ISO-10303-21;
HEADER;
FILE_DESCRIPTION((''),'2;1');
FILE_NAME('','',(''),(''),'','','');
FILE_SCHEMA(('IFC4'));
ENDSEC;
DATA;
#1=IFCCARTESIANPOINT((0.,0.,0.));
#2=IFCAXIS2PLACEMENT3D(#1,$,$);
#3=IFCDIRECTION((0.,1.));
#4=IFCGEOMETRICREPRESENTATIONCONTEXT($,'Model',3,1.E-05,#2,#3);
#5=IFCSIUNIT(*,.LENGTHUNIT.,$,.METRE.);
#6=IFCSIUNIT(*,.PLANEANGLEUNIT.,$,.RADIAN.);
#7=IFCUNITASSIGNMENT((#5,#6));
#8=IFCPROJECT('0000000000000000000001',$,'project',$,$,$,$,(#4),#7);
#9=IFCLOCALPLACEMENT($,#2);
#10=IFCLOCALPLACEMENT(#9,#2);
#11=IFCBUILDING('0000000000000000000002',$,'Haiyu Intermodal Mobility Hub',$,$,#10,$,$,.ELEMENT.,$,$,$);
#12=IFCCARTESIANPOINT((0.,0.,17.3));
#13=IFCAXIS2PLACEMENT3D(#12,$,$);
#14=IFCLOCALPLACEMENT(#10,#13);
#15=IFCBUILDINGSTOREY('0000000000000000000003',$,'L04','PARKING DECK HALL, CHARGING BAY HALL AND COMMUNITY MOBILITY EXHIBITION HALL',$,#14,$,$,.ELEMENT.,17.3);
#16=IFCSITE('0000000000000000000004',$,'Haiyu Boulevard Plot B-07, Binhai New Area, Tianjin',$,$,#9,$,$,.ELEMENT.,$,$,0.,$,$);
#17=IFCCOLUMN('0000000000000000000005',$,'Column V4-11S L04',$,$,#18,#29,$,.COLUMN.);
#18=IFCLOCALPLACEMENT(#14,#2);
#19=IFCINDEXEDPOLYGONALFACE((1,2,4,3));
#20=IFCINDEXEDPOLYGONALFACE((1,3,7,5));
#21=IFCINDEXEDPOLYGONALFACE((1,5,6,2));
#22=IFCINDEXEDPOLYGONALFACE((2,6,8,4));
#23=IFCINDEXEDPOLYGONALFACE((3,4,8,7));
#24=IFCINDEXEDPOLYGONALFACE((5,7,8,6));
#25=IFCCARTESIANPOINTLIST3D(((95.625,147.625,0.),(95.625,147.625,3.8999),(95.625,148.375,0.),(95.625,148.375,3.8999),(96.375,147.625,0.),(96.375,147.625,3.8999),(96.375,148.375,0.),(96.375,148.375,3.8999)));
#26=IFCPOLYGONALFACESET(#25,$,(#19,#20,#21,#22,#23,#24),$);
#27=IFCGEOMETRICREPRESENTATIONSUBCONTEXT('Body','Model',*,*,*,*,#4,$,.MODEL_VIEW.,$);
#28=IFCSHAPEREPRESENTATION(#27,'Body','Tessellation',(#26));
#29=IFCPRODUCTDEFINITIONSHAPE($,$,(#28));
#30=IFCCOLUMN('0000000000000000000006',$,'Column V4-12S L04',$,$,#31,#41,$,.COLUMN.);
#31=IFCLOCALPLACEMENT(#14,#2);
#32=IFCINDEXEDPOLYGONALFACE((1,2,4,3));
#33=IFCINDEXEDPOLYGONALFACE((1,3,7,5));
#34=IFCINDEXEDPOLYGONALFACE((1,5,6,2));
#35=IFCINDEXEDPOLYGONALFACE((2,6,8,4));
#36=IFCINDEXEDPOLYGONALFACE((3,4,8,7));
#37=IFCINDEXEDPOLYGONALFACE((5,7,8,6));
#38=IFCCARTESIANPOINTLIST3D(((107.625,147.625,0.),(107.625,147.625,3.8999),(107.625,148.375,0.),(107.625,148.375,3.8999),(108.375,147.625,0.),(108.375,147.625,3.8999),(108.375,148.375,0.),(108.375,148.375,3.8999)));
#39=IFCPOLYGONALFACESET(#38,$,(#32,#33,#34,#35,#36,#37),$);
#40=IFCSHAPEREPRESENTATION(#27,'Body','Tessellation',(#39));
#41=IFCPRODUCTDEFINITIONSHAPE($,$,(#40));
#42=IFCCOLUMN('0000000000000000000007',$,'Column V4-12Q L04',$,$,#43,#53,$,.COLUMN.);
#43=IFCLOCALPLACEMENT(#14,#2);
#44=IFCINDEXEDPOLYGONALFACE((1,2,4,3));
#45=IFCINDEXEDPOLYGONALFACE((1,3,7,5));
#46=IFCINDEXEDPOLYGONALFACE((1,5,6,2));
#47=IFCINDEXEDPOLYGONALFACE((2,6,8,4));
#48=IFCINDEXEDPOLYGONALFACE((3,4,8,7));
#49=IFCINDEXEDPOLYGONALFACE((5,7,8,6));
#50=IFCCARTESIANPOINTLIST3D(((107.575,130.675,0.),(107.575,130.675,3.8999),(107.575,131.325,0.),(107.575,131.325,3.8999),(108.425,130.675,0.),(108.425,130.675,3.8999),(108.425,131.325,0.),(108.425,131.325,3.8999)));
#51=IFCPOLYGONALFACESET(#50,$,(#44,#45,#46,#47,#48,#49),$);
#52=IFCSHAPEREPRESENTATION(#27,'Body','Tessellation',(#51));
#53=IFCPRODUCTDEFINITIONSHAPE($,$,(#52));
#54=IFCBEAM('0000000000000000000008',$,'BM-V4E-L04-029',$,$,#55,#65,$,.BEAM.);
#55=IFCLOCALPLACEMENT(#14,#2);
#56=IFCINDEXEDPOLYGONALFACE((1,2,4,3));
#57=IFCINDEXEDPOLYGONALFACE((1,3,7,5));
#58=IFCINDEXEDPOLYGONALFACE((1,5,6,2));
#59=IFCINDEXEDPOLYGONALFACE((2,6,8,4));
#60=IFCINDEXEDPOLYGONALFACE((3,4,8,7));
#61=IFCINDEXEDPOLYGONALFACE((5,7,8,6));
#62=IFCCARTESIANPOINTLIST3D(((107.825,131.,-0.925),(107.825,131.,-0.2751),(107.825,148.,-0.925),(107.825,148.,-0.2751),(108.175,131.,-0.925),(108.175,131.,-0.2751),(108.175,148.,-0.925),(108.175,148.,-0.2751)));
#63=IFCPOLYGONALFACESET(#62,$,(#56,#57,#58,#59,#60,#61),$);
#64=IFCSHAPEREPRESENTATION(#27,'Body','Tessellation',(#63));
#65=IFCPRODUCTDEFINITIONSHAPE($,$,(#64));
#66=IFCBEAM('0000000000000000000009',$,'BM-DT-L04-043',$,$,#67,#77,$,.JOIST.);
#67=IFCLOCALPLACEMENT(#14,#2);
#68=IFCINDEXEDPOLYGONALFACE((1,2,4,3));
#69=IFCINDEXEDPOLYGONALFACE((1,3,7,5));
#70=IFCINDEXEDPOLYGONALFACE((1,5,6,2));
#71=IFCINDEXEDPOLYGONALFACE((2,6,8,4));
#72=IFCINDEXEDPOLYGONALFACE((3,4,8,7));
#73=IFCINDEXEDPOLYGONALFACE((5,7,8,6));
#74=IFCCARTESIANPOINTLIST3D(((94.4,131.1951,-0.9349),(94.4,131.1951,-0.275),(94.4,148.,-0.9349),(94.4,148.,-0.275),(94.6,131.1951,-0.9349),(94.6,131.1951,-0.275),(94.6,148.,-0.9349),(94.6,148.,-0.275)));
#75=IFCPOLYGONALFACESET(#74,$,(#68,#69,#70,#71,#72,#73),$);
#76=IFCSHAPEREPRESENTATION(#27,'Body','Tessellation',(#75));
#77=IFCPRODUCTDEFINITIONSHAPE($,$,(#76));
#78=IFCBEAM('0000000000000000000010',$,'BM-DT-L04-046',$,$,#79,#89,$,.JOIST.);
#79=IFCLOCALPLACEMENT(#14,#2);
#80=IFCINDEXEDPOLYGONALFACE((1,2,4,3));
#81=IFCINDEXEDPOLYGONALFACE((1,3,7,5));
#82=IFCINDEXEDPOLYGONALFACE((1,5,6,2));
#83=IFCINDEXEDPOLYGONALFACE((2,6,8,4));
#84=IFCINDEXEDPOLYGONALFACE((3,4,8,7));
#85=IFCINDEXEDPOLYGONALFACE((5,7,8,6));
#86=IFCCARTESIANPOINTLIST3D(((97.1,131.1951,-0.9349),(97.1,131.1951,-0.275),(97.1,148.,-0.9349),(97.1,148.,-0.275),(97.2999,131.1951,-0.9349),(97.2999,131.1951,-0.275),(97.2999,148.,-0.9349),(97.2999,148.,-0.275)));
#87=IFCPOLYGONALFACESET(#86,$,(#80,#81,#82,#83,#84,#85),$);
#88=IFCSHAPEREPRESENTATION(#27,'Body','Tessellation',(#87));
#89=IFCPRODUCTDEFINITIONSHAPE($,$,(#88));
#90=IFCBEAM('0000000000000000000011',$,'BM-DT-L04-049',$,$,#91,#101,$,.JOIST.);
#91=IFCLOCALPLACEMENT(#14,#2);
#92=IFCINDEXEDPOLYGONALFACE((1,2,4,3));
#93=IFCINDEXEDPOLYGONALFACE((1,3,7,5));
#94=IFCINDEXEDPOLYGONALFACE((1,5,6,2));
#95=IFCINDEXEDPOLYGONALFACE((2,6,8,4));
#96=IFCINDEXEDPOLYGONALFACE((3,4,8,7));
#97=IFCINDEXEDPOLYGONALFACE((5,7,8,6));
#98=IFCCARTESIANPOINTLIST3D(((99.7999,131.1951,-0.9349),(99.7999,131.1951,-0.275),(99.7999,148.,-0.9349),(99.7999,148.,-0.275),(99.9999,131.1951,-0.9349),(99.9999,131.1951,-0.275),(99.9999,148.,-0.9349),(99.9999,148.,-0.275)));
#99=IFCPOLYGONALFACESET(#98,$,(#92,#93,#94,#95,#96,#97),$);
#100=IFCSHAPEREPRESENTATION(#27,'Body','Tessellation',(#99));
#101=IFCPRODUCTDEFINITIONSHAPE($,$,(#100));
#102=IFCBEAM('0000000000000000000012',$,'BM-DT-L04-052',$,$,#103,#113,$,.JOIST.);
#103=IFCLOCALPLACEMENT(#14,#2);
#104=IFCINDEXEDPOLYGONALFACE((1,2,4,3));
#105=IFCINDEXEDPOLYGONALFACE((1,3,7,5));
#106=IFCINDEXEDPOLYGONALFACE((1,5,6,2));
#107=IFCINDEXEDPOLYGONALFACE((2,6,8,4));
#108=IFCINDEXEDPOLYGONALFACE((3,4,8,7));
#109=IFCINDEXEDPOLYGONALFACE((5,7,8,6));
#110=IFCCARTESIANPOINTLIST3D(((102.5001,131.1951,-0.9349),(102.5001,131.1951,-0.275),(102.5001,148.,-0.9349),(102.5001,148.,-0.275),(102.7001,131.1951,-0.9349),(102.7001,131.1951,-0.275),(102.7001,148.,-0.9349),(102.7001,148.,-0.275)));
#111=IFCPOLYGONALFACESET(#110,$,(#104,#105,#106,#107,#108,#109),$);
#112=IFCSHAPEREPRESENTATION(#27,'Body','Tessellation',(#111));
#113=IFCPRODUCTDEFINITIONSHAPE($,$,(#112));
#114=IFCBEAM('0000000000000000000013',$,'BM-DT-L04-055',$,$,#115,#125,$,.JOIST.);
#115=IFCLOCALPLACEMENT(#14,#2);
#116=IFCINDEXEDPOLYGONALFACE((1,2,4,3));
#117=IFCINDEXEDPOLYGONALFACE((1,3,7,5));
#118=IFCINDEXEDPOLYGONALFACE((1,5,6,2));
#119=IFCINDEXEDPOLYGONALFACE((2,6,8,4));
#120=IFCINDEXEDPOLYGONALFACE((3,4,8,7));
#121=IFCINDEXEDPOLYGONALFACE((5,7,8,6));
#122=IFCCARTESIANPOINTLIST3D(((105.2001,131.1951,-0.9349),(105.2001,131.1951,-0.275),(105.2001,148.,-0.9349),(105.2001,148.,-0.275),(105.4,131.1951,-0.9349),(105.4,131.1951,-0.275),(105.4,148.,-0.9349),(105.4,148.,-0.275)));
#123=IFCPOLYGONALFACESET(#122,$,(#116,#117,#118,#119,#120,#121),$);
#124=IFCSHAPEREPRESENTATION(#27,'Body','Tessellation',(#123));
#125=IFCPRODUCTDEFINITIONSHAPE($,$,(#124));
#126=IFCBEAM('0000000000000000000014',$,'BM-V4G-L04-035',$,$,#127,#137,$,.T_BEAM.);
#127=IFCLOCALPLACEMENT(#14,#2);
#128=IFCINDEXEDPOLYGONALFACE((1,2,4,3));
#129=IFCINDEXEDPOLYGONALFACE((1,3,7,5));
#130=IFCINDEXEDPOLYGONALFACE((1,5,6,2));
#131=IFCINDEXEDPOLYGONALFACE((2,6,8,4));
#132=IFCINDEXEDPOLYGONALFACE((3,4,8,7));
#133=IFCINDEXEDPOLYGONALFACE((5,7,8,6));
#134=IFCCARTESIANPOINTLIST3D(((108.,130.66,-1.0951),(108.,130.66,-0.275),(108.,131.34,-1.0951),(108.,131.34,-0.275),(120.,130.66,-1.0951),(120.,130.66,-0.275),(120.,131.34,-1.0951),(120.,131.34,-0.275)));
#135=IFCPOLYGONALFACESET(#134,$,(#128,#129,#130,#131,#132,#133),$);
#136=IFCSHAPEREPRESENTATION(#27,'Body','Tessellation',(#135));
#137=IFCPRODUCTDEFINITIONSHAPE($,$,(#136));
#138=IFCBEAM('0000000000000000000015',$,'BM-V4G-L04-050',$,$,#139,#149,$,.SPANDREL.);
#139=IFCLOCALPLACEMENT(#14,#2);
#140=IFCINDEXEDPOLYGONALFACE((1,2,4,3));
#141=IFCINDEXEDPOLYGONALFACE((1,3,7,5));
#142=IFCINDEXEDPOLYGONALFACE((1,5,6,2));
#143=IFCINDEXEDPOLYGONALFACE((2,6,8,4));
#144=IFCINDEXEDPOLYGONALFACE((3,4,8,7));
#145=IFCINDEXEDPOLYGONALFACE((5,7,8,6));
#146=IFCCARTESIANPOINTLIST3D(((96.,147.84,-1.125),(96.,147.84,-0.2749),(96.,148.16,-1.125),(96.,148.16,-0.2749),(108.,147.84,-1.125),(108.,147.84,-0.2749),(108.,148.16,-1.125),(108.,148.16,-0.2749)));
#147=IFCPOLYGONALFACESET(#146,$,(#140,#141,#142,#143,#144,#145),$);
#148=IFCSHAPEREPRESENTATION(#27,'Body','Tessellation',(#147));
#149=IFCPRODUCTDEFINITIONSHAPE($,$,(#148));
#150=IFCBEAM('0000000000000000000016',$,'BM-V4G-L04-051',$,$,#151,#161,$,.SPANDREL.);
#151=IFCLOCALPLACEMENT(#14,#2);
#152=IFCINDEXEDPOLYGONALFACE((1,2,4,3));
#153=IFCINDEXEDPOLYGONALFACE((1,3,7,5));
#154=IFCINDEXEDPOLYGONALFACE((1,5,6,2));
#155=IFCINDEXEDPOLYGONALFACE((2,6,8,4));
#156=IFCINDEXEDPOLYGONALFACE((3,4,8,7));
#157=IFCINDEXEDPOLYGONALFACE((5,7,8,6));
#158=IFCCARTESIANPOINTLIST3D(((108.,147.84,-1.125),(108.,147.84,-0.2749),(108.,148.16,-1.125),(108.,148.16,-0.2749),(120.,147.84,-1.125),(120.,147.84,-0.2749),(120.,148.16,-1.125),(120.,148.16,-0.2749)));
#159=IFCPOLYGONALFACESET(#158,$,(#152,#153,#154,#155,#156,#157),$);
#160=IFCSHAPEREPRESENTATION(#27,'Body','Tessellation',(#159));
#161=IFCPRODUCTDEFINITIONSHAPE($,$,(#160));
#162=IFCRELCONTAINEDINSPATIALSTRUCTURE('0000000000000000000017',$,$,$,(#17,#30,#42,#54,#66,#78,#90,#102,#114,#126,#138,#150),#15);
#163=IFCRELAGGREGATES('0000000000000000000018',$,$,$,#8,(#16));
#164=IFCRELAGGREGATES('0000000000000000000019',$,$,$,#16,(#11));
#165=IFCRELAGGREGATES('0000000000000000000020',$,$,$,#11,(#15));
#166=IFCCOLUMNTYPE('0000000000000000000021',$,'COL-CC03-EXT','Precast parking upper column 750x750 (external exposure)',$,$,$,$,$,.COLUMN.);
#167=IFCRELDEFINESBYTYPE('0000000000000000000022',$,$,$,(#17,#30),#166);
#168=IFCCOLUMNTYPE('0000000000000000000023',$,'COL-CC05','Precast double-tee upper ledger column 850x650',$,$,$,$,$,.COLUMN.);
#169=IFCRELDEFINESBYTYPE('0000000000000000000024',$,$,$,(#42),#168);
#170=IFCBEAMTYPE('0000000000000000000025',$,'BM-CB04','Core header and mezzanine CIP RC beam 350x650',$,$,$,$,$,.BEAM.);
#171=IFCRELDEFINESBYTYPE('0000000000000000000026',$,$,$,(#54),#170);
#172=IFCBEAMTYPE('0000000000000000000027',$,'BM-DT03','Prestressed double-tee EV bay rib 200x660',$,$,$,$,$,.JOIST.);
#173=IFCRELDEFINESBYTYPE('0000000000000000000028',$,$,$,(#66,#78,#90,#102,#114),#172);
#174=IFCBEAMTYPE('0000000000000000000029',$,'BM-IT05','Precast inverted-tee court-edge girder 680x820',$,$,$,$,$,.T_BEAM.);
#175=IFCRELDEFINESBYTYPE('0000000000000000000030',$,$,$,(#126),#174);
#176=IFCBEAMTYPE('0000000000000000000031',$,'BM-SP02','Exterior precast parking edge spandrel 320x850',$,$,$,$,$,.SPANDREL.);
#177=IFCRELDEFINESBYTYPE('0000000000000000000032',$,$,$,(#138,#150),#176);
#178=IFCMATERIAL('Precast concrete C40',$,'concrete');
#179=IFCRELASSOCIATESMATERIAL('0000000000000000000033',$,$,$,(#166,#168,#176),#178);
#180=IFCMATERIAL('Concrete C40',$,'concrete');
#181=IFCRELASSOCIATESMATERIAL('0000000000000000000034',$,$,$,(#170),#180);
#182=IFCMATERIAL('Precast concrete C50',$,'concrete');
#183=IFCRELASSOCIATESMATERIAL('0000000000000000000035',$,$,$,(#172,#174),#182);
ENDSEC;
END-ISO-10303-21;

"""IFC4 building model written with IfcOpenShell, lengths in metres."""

from ifc_helpers import new_model, si_unit, direction, frame, origin, origin_2d, place, context, subcontext, project, spatial, rectangle, extrude, material, material_profile, profile_set, type_object, element, save


model = new_model("IFC4")

# Units and contexts
model_context = context("Model", 3, precision=1e-05, world=origin(), true_north=direction((0.0, 1.0)))
body_context = subcontext(model_context, "Body", "Model", "MODEL_VIEW")
ifc_project = project(units=[si_unit("LENGTHUNIT", "METRE"), si_unit("PLANEANGLEUNIT", "RADIAN")], contexts=[model_context])

# Site, building, storey
site_placement = place(None, origin())
site = spatial("IfcSite", under=ifc_project, at=site_placement, Name="Haiyu Boulevard Plot B-07, Binhai New Area, Tianjin", CompositionType="ELEMENT", RefElevation=0.0)
building_placement = place(site_placement, origin())
building = spatial("IfcBuilding", under=site, at=building_placement, Name="Haiyu Intermodal Mobility Hub", CompositionType="ELEMENT")
storey_placement = place(building_placement, frame((0.0, 0.0, 17.3)))
storey = spatial("IfcBuildingStorey", under=building, at=storey_placement, Name="L04", Description="PARKING DECK HALL, CHARGING BAY HALL AND COMMUNITY MOBILITY EXHIBITION HALL", CompositionType="ELEMENT", Elevation=17.3)

# Columns
ifc_material_1 = material(Name="Precast concrete C40", Category="concrete")
ifc_material_profile_1 = material_profile(ifc_material_1, rectangle(XDim=0.75, YDim=0.75, at=origin_2d()), Name="RC750x750")
ifc_profile_set_1 = profile_set([ifc_material_profile_1], Name="Precast concrete C40")
column_type_1 = type_object("IfcColumnType", Name="COL-CC03-EXT", Description="Precast parking upper column 750x750 (external exposure)", PredefinedType="COLUMN", material=ifc_profile_set_1)
for number, where, z_axis, x_axis, name in (
    (1, (96.0, 148.0, 0.0), (0.0, 0.0, 1.0), (1.0, 0.0, 0.0), "Column V4-11S L04"),
    (2, (108.0, 148.0, 0.0), (0.0, 0.0, 1.0), (1.0, 0.0, 0.0), "Column V4-12S L04"),
):
    element("IfcColumn", number, at=place(storey_placement, frame(where, z_axis=z_axis, x_axis=x_axis)), inside=storey, type_object=column_type_1, Name=name, PredefinedType="COLUMN", context=body_context, shape_type="SweptSolid", body=[
        extrude(rectangle(XDim=0.75, YDim=0.75, at=origin_2d()), origin(), (0.0, 0.0, 1.0), 3.8999),
    ])
ifc_material_profile_2 = material_profile(ifc_material_1, rectangle(XDim=0.8501, YDim=0.6499, at=origin_2d()), Name="RC850x650")
ifc_profile_set_2 = profile_set([ifc_material_profile_2], Name="Precast concrete C40")
column_type_2 = type_object("IfcColumnType", Name="COL-CC05", Description="Precast double-tee upper ledger column 850x650", PredefinedType="COLUMN", material=ifc_profile_set_2)
column_placement = place(storey_placement, frame((108.0, 131.0, 0.0), z_axis=(0.0, 0.0, 1.0), x_axis=(1.0, 0.0, 0.0)))
element("IfcColumn", 3, at=column_placement, inside=storey, type_object=column_type_2, Name="Column V4-12Q L04", PredefinedType="COLUMN", context=body_context, shape_type="SweptSolid", body=[
    extrude(rectangle(XDim=0.8501, YDim=0.6499, at=origin_2d()), origin(), (0.0, 0.0, 1.0), 3.8999),
])

# Beams
ifc_material_2 = material(Name="Concrete C40", Category="concrete")
ifc_material_profile_3 = material_profile(ifc_material_2, rectangle(XDim=0.3501, YDim=0.6499, at=origin_2d()), Name="RCB350x650")
ifc_profile_set_3 = profile_set([ifc_material_profile_3], Name="Concrete C40")
beam_type_1 = type_object("IfcBeamType", Name="BM-CB04", Description="Core header and mezzanine CIP RC beam 350x650", PredefinedType="BEAM", material=ifc_profile_set_3)
beam_1_placement = place(storey_placement, frame((108.0, 131.0, -0.6001), z_axis=(0.0, 1.0, 0.0), x_axis=(-1.0, 0.0, 0.0)))
element("IfcBeam", 4, at=beam_1_placement, inside=storey, type_object=beam_type_1, Name="BM-V4E-L04-029", PredefinedType="BEAM", context=body_context, shape_type="SweptSolid", body=[
    extrude(rectangle(XDim=0.3501, YDim=0.6499, at=origin_2d()), origin(), (0.0, 0.0, 1.0), 17.0),
])
ifc_material_3 = material(Name="Precast concrete C50", Category="concrete")
ifc_material_profile_4 = material_profile(ifc_material_3, rectangle(XDim=0.2, YDim=0.6599, at=origin_2d()), Name="PC200x660")
ifc_profile_set_4 = profile_set([ifc_material_profile_4], Name="Precast concrete C50")
beam_type_2 = type_object("IfcBeamType", Name="BM-DT03", Description="Prestressed double-tee EV bay rib 200x660", PredefinedType="JOIST", material=ifc_profile_set_4)
for number, where, z_axis, x_axis, name in (
    (5, (94.5, 131.1951, -0.605), (0.0, 1.0, 0.0), (-1.0, 0.0, 0.0), "BM-DT-L04-043"),
    (6, (97.2, 131.1951, -0.605), (0.0, 1.0, 0.0), (-1.0, 0.0, 0.0), "BM-DT-L04-046"),
    (7, (99.8999, 131.1951, -0.605), (0.0, 1.0, 0.0), (-1.0, 0.0, 0.0), "BM-DT-L04-049"),
    (8, (102.6001, 131.1951, -0.605), (0.0, 1.0, 0.0), (-1.0, 0.0, 0.0), "BM-DT-L04-052"),
    (9, (105.3, 131.1951, -0.605), (0.0, 1.0, 0.0), (-1.0, 0.0, 0.0), "BM-DT-L04-055"),
):
    element("IfcBeam", number, at=place(storey_placement, frame(where, z_axis=z_axis, x_axis=x_axis)), inside=storey, type_object=beam_type_2, Name=name, PredefinedType="JOIST", context=body_context, shape_type="SweptSolid", body=[
        extrude(rectangle(XDim=0.2, YDim=0.6599, at=origin_2d()), origin(), (0.0, 0.0, 1.0), 16.8049),
    ])
ifc_material_profile_5 = material_profile(ifc_material_3, rectangle(XDim=0.6799, YDim=0.8201, at=origin_2d()), Name="B680x820")
ifc_profile_set_5 = profile_set([ifc_material_profile_5], Name="Precast concrete C50")
beam_type_3 = type_object("IfcBeamType", Name="BM-IT05", Description="Precast inverted-tee court-edge girder 680x820", PredefinedType="T_BEAM", material=ifc_profile_set_5)
beam_2_placement = place(storey_placement, frame((108.0, 131.0, -0.6851), z_axis=(1.0, 0.0, 0.0), x_axis=(0.0, 1.0, 0.0)))
element("IfcBeam", 10, at=beam_2_placement, inside=storey, type_object=beam_type_3, Name="BM-V4G-L04-035", PredefinedType="T_BEAM", context=body_context, shape_type="SweptSolid", body=[
    extrude(rectangle(XDim=0.6799, YDim=0.8201, at=origin_2d()), origin(), (0.0, 0.0, 1.0), 12.0),
])
ifc_material_profile_6 = material_profile(ifc_material_1, rectangle(XDim=0.3201, YDim=0.8501, at=origin_2d()), Name="PC320x850")
ifc_profile_set_6 = profile_set([ifc_material_profile_6], Name="Precast concrete C40")
beam_type_4 = type_object("IfcBeamType", Name="BM-SP02", Description="Exterior precast parking edge spandrel 320x850", PredefinedType="SPANDREL", material=ifc_profile_set_6)
for number, where, z_axis, x_axis, name in (
    (11, (96.0, 148.0, -0.7), (1.0, 0.0, 0.0), (0.0, 1.0, 0.0), "BM-V4G-L04-050"),
    (12, (108.0, 148.0, -0.7), (1.0, 0.0, 0.0), (0.0, 1.0, 0.0), "BM-V4G-L04-051"),
):
    element("IfcBeam", number, at=place(storey_placement, frame(where, z_axis=z_axis, x_axis=x_axis)), inside=storey, type_object=beam_type_4, Name=name, PredefinedType="SPANDREL", context=body_context, shape_type="SweptSolid", body=[
        extrude(rectangle(XDim=0.3201, YDim=0.8501, at=origin_2d()), origin(), (0.0, 0.0, 1.0), 12.0),
    ])

save(model, "model.ifc")
